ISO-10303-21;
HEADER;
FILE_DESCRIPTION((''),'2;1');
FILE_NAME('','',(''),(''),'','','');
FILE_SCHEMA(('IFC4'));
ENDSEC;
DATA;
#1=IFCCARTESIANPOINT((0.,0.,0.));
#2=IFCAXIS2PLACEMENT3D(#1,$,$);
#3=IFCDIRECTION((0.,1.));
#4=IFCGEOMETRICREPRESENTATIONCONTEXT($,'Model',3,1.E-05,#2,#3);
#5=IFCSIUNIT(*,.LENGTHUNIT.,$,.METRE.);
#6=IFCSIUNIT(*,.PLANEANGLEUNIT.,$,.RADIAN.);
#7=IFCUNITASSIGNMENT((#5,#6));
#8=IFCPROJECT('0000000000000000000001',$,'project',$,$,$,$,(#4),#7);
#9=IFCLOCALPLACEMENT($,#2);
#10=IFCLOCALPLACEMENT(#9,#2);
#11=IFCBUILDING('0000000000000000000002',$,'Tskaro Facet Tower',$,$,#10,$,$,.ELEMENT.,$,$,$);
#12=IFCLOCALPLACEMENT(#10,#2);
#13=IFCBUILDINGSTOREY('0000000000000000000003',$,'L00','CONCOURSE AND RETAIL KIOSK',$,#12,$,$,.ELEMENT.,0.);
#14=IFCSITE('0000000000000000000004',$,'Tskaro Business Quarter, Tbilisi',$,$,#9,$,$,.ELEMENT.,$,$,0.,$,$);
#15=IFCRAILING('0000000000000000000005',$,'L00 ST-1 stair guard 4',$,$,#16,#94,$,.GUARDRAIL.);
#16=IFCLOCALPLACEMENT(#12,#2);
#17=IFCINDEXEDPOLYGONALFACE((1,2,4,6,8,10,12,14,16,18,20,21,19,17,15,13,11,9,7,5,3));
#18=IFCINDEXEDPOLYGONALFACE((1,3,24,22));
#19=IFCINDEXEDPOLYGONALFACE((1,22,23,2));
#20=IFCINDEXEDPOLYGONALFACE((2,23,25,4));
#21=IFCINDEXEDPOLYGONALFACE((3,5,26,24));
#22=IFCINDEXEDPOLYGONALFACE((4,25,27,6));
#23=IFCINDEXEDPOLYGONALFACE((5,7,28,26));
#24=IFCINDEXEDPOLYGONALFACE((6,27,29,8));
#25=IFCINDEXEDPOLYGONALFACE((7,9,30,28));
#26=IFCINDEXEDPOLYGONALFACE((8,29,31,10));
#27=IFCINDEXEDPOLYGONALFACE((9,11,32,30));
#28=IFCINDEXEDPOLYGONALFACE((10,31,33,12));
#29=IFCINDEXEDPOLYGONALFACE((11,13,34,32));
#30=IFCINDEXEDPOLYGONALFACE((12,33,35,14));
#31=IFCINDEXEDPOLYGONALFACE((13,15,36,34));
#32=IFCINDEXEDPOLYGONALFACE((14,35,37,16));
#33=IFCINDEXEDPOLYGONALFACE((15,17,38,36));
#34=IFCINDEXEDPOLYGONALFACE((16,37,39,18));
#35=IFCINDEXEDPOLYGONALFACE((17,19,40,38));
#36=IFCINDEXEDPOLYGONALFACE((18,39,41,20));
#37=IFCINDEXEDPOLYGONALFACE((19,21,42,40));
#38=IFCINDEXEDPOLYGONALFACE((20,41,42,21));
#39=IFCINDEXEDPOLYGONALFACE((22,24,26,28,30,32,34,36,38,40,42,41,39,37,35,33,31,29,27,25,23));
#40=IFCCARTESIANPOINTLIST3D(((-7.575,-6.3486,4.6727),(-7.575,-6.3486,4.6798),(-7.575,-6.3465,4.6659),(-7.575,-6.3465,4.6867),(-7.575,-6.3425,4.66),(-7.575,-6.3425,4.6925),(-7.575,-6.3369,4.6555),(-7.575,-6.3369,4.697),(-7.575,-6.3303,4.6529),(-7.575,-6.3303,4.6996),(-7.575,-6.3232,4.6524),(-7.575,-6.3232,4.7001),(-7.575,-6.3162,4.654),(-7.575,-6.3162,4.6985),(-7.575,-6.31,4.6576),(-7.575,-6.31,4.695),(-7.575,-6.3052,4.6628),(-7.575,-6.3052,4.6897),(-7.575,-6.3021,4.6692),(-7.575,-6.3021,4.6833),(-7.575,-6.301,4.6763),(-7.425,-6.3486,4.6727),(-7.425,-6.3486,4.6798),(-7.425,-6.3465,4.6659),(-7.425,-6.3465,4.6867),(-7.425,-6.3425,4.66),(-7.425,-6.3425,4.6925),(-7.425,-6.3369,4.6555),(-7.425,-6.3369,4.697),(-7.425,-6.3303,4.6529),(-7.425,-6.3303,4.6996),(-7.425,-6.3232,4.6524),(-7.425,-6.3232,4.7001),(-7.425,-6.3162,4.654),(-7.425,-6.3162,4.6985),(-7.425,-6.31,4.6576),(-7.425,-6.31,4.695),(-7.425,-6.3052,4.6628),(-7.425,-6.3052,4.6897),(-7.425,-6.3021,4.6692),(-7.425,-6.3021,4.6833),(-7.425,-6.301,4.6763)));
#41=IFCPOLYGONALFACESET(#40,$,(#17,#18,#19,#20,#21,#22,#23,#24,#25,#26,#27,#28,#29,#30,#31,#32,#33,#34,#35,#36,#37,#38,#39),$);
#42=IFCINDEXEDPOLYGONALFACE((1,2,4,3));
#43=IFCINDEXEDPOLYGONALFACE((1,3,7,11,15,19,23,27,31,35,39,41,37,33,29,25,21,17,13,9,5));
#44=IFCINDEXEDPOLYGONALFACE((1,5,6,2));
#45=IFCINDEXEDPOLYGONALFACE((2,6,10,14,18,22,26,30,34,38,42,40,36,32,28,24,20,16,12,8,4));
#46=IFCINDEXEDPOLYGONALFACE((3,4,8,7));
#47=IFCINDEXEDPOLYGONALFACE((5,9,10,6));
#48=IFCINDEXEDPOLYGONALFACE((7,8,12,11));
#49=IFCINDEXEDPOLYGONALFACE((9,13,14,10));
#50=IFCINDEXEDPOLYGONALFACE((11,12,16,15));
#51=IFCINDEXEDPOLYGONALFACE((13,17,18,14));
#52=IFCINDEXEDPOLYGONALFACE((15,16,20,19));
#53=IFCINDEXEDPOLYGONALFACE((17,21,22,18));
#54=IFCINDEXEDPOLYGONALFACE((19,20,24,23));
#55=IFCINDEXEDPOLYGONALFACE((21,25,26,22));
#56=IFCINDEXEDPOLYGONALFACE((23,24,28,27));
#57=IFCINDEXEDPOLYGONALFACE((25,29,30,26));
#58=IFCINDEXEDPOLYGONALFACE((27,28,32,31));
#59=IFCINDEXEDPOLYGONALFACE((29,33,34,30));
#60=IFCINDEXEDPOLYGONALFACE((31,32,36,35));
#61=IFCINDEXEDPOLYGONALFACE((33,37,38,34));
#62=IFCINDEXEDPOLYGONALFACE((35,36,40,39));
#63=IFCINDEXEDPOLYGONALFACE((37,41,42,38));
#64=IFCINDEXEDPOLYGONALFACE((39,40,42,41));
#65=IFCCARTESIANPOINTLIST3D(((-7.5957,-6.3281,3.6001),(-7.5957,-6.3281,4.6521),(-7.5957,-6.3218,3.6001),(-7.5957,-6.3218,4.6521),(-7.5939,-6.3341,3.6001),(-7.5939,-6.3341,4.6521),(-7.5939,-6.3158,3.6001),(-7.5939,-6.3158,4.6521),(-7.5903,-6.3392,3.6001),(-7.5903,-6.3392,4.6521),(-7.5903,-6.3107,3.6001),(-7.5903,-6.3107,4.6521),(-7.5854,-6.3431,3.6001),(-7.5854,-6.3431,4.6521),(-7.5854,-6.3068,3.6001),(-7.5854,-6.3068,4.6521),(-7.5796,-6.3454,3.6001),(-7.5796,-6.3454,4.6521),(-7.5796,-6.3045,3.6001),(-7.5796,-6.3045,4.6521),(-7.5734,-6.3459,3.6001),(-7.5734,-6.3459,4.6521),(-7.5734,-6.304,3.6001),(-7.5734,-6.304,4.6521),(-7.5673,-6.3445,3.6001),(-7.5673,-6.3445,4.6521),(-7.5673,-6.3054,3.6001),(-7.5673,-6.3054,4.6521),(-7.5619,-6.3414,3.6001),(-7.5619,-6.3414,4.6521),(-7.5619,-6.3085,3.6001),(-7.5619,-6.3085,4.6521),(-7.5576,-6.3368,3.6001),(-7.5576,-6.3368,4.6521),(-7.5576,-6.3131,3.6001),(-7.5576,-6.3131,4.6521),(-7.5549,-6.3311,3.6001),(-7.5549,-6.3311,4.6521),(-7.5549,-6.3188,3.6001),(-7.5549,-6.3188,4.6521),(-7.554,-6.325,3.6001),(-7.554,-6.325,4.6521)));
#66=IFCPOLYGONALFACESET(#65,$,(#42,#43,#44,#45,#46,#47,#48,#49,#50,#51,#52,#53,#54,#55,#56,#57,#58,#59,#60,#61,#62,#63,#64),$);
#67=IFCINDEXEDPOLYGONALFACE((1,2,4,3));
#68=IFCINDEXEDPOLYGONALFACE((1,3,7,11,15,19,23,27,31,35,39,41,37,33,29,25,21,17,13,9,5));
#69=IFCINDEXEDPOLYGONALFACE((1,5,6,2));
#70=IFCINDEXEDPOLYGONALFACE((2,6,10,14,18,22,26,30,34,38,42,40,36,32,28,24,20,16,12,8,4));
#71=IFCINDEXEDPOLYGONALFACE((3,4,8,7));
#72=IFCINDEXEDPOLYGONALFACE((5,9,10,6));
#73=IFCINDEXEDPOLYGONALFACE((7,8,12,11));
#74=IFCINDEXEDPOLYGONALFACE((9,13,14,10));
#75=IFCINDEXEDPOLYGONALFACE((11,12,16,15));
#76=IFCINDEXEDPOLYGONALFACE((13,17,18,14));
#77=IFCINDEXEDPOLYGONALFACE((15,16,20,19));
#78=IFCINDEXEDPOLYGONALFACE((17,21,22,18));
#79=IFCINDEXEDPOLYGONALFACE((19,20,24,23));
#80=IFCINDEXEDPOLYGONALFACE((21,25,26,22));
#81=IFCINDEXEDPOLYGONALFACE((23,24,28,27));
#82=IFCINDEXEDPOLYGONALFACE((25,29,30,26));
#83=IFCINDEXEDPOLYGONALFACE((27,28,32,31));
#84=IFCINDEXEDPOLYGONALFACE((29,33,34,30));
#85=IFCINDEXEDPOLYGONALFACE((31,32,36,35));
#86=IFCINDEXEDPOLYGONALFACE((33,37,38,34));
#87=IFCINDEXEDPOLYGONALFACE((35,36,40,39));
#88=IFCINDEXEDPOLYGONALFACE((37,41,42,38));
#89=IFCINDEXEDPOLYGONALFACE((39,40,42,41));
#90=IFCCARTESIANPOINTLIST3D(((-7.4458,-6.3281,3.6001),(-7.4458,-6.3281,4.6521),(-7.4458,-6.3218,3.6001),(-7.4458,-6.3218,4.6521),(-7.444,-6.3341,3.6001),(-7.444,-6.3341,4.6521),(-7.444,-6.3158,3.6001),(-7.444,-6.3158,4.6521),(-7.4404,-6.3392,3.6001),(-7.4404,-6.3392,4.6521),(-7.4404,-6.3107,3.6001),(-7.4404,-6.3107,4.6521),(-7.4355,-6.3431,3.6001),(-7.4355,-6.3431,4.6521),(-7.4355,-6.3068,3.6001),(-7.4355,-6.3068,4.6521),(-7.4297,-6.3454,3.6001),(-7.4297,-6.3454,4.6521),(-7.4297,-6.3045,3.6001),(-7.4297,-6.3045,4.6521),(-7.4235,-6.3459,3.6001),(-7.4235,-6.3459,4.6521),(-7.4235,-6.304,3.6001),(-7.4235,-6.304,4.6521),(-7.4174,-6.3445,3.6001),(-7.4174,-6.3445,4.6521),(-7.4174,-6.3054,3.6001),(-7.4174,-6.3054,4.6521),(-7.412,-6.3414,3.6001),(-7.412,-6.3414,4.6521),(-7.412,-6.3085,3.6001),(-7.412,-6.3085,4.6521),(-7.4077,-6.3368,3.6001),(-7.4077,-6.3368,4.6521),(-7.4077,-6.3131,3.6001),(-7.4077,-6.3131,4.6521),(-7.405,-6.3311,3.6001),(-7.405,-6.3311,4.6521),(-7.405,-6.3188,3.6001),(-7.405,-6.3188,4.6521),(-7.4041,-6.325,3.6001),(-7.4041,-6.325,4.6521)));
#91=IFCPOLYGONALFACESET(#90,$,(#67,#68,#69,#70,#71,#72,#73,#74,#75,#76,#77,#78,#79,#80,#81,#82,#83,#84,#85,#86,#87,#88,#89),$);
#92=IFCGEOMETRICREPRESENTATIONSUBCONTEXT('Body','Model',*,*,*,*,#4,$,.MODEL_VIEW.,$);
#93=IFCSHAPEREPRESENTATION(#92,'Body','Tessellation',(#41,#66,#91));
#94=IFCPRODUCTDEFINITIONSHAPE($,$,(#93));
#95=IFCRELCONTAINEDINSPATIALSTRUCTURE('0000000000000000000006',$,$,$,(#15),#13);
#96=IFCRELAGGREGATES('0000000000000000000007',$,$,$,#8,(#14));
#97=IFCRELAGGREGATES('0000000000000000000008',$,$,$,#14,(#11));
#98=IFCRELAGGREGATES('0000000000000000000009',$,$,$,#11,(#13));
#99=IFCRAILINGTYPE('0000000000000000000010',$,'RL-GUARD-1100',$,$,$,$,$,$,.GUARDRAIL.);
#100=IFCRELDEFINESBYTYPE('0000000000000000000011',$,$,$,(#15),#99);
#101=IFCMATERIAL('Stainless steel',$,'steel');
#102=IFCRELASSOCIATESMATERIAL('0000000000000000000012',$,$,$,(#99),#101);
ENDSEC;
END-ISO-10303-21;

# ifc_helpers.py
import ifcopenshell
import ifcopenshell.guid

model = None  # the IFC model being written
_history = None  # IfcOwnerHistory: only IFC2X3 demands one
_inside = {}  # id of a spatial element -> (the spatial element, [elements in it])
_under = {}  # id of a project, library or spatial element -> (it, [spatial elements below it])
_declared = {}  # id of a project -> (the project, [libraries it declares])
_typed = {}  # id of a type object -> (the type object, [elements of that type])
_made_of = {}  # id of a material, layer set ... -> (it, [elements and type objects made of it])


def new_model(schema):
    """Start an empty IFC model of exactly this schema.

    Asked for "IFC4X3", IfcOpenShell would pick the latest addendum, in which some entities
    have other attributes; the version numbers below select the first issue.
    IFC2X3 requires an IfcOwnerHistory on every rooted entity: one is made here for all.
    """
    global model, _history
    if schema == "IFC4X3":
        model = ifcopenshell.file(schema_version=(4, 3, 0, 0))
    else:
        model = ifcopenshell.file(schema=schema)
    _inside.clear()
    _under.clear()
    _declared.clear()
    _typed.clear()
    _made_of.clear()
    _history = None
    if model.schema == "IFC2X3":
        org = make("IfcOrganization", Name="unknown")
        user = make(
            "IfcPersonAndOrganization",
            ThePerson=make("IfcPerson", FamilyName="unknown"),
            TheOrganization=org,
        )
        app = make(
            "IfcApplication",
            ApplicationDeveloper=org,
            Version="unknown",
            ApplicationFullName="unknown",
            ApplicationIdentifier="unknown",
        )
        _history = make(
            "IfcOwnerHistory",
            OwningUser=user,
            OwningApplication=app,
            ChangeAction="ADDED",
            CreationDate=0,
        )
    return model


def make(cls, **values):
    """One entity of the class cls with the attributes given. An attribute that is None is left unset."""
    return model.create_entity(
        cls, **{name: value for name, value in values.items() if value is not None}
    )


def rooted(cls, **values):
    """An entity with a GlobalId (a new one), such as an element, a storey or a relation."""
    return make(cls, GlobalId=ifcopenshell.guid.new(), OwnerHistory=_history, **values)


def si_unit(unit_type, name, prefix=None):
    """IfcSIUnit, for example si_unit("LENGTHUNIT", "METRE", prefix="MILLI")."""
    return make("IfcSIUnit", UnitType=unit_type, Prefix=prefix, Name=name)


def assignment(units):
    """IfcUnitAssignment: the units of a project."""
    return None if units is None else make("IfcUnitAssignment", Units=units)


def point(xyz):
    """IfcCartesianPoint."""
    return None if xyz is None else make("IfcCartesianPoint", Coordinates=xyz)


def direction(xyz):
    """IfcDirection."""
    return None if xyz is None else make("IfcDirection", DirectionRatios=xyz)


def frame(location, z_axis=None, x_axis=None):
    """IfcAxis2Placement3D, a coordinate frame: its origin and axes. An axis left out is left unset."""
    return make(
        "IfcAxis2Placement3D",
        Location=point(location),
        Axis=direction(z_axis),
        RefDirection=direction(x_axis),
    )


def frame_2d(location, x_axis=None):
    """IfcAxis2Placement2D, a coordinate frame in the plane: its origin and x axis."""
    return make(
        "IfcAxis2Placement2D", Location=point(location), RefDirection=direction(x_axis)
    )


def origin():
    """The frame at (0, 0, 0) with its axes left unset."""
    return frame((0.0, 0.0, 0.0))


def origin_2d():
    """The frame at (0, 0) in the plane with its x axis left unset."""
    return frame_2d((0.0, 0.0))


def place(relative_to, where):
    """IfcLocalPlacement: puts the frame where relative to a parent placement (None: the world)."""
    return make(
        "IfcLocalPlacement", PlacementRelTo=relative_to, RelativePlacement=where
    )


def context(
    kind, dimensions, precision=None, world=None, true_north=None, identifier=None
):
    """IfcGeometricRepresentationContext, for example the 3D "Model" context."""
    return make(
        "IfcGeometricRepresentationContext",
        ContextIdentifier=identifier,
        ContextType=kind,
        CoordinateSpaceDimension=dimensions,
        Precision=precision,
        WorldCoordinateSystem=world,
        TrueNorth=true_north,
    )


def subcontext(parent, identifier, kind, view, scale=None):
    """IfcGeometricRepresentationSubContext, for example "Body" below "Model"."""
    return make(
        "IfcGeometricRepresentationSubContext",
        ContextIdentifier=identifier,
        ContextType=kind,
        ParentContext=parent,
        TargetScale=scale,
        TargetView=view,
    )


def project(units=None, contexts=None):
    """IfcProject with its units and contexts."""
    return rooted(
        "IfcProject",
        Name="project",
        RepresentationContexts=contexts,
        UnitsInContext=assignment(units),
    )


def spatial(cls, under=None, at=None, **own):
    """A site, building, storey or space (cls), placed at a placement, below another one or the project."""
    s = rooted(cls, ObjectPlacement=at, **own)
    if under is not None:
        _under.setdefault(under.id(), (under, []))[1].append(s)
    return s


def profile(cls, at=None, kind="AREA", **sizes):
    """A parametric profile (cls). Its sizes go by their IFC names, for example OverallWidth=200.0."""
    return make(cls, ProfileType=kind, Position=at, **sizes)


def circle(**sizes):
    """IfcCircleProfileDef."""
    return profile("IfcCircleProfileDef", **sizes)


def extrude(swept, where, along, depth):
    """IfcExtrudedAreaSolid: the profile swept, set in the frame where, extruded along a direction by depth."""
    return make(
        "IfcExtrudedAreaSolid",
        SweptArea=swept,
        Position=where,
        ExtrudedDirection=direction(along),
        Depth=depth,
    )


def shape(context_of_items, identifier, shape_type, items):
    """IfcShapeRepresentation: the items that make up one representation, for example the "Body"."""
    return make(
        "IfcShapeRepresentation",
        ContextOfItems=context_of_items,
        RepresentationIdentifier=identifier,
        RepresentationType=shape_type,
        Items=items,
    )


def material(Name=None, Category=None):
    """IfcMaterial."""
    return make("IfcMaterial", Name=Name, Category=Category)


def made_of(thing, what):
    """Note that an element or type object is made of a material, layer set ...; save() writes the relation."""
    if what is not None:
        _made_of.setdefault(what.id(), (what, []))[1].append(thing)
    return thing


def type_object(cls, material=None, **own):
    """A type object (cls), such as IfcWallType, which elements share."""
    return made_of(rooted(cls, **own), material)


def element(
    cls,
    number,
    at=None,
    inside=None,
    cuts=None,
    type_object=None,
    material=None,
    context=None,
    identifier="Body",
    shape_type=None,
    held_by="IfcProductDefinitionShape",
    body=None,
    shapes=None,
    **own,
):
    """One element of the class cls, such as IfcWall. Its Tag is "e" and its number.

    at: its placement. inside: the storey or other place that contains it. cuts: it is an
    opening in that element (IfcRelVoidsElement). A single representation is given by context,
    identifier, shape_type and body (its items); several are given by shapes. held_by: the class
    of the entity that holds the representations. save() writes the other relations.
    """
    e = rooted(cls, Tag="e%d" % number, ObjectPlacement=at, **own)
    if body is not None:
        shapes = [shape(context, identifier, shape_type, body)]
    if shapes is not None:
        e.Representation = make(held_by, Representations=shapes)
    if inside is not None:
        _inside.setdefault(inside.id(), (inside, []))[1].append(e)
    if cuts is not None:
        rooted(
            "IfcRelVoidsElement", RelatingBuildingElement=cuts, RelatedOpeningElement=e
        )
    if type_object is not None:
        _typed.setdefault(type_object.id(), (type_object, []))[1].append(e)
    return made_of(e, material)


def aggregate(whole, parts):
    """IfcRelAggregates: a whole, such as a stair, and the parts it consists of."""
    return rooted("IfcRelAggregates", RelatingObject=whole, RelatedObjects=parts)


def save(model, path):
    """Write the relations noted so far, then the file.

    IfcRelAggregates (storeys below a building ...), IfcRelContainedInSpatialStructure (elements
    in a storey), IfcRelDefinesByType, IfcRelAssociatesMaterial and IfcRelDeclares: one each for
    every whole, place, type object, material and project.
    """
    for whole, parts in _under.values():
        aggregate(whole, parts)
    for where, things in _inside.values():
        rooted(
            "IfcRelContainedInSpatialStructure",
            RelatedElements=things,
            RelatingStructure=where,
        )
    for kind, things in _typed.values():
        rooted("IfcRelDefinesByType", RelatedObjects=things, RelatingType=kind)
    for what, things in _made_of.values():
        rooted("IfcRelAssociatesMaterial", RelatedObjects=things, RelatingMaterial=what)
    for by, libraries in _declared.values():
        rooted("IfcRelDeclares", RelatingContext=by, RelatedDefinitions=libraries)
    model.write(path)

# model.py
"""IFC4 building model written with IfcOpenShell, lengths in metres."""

from ifc_helpers import new_model, si_unit, direction, frame, origin, origin_2d, place, context, subcontext, project, spatial, circle, extrude, material, type_object, element, save


model = new_model("IFC4")

# Units and contexts
model_context = context("Model", 3, precision=1e-05, world=origin(), true_north=direction((0.0, 1.0)))
body_context = subcontext(model_context, "Body", "Model", "MODEL_VIEW")
ifc_project = project(units=[si_unit("LENGTHUNIT", "METRE"), si_unit("PLANEANGLEUNIT", "RADIAN")], contexts=[model_context])

# Site, building, storey
site_placement = place(None, origin())
site = spatial("IfcSite", under=ifc_project, at=site_placement, Name="Tskaro Business Quarter, Tbilisi", CompositionType="ELEMENT", RefElevation=0.0)
building_placement = place(site_placement, origin())
building = spatial("IfcBuilding", under=site, at=building_placement, Name="Tskaro Facet Tower", CompositionType="ELEMENT")
storey_placement = place(building_placement, origin())
storey = spatial("IfcBuildingStorey", under=building, at=storey_placement, Name="L00", Description="CONCOURSE AND RETAIL KIOSK", CompositionType="ELEMENT", Elevation=0.0)

# Railing
ifc_material_1 = material(Name="Stainless steel", Category="steel")
railing_type_1 = type_object("IfcRailingType", Name="RL-GUARD-1100", PredefinedType="GUARDRAIL", material=ifc_material_1)
railing_1_placement = place(storey_placement, frame((-7.575, -6.325, 3.6001)))
element("IfcRailing", 1, at=railing_1_placement, inside=storey, type_object=railing_type_1, Name="L00 ST-1 stair guard 4", PredefinedType="GUARDRAIL", context=body_context, shape_type="SweptSolid", body=[
    extrude(circle(Radius=0.0239, at=origin_2d()), frame((0.0, 0.0, 1.0762), z_axis=(1.0, 0.0, 0.0), x_axis=(0.0, 1.0, 0.0)), (0.0, 0.0, 1.0), 0.1499),
    extrude(circle(Radius=0.021, at=origin_2d()), origin(), (0.0, 0.0, 1.0), 1.052),
    extrude(circle(Radius=0.021, at=origin_2d()), frame((0.1499, 0.0, 0.0)), (0.0, 0.0, 1.0), 1.052),
])

save(model, "model.ifc")
